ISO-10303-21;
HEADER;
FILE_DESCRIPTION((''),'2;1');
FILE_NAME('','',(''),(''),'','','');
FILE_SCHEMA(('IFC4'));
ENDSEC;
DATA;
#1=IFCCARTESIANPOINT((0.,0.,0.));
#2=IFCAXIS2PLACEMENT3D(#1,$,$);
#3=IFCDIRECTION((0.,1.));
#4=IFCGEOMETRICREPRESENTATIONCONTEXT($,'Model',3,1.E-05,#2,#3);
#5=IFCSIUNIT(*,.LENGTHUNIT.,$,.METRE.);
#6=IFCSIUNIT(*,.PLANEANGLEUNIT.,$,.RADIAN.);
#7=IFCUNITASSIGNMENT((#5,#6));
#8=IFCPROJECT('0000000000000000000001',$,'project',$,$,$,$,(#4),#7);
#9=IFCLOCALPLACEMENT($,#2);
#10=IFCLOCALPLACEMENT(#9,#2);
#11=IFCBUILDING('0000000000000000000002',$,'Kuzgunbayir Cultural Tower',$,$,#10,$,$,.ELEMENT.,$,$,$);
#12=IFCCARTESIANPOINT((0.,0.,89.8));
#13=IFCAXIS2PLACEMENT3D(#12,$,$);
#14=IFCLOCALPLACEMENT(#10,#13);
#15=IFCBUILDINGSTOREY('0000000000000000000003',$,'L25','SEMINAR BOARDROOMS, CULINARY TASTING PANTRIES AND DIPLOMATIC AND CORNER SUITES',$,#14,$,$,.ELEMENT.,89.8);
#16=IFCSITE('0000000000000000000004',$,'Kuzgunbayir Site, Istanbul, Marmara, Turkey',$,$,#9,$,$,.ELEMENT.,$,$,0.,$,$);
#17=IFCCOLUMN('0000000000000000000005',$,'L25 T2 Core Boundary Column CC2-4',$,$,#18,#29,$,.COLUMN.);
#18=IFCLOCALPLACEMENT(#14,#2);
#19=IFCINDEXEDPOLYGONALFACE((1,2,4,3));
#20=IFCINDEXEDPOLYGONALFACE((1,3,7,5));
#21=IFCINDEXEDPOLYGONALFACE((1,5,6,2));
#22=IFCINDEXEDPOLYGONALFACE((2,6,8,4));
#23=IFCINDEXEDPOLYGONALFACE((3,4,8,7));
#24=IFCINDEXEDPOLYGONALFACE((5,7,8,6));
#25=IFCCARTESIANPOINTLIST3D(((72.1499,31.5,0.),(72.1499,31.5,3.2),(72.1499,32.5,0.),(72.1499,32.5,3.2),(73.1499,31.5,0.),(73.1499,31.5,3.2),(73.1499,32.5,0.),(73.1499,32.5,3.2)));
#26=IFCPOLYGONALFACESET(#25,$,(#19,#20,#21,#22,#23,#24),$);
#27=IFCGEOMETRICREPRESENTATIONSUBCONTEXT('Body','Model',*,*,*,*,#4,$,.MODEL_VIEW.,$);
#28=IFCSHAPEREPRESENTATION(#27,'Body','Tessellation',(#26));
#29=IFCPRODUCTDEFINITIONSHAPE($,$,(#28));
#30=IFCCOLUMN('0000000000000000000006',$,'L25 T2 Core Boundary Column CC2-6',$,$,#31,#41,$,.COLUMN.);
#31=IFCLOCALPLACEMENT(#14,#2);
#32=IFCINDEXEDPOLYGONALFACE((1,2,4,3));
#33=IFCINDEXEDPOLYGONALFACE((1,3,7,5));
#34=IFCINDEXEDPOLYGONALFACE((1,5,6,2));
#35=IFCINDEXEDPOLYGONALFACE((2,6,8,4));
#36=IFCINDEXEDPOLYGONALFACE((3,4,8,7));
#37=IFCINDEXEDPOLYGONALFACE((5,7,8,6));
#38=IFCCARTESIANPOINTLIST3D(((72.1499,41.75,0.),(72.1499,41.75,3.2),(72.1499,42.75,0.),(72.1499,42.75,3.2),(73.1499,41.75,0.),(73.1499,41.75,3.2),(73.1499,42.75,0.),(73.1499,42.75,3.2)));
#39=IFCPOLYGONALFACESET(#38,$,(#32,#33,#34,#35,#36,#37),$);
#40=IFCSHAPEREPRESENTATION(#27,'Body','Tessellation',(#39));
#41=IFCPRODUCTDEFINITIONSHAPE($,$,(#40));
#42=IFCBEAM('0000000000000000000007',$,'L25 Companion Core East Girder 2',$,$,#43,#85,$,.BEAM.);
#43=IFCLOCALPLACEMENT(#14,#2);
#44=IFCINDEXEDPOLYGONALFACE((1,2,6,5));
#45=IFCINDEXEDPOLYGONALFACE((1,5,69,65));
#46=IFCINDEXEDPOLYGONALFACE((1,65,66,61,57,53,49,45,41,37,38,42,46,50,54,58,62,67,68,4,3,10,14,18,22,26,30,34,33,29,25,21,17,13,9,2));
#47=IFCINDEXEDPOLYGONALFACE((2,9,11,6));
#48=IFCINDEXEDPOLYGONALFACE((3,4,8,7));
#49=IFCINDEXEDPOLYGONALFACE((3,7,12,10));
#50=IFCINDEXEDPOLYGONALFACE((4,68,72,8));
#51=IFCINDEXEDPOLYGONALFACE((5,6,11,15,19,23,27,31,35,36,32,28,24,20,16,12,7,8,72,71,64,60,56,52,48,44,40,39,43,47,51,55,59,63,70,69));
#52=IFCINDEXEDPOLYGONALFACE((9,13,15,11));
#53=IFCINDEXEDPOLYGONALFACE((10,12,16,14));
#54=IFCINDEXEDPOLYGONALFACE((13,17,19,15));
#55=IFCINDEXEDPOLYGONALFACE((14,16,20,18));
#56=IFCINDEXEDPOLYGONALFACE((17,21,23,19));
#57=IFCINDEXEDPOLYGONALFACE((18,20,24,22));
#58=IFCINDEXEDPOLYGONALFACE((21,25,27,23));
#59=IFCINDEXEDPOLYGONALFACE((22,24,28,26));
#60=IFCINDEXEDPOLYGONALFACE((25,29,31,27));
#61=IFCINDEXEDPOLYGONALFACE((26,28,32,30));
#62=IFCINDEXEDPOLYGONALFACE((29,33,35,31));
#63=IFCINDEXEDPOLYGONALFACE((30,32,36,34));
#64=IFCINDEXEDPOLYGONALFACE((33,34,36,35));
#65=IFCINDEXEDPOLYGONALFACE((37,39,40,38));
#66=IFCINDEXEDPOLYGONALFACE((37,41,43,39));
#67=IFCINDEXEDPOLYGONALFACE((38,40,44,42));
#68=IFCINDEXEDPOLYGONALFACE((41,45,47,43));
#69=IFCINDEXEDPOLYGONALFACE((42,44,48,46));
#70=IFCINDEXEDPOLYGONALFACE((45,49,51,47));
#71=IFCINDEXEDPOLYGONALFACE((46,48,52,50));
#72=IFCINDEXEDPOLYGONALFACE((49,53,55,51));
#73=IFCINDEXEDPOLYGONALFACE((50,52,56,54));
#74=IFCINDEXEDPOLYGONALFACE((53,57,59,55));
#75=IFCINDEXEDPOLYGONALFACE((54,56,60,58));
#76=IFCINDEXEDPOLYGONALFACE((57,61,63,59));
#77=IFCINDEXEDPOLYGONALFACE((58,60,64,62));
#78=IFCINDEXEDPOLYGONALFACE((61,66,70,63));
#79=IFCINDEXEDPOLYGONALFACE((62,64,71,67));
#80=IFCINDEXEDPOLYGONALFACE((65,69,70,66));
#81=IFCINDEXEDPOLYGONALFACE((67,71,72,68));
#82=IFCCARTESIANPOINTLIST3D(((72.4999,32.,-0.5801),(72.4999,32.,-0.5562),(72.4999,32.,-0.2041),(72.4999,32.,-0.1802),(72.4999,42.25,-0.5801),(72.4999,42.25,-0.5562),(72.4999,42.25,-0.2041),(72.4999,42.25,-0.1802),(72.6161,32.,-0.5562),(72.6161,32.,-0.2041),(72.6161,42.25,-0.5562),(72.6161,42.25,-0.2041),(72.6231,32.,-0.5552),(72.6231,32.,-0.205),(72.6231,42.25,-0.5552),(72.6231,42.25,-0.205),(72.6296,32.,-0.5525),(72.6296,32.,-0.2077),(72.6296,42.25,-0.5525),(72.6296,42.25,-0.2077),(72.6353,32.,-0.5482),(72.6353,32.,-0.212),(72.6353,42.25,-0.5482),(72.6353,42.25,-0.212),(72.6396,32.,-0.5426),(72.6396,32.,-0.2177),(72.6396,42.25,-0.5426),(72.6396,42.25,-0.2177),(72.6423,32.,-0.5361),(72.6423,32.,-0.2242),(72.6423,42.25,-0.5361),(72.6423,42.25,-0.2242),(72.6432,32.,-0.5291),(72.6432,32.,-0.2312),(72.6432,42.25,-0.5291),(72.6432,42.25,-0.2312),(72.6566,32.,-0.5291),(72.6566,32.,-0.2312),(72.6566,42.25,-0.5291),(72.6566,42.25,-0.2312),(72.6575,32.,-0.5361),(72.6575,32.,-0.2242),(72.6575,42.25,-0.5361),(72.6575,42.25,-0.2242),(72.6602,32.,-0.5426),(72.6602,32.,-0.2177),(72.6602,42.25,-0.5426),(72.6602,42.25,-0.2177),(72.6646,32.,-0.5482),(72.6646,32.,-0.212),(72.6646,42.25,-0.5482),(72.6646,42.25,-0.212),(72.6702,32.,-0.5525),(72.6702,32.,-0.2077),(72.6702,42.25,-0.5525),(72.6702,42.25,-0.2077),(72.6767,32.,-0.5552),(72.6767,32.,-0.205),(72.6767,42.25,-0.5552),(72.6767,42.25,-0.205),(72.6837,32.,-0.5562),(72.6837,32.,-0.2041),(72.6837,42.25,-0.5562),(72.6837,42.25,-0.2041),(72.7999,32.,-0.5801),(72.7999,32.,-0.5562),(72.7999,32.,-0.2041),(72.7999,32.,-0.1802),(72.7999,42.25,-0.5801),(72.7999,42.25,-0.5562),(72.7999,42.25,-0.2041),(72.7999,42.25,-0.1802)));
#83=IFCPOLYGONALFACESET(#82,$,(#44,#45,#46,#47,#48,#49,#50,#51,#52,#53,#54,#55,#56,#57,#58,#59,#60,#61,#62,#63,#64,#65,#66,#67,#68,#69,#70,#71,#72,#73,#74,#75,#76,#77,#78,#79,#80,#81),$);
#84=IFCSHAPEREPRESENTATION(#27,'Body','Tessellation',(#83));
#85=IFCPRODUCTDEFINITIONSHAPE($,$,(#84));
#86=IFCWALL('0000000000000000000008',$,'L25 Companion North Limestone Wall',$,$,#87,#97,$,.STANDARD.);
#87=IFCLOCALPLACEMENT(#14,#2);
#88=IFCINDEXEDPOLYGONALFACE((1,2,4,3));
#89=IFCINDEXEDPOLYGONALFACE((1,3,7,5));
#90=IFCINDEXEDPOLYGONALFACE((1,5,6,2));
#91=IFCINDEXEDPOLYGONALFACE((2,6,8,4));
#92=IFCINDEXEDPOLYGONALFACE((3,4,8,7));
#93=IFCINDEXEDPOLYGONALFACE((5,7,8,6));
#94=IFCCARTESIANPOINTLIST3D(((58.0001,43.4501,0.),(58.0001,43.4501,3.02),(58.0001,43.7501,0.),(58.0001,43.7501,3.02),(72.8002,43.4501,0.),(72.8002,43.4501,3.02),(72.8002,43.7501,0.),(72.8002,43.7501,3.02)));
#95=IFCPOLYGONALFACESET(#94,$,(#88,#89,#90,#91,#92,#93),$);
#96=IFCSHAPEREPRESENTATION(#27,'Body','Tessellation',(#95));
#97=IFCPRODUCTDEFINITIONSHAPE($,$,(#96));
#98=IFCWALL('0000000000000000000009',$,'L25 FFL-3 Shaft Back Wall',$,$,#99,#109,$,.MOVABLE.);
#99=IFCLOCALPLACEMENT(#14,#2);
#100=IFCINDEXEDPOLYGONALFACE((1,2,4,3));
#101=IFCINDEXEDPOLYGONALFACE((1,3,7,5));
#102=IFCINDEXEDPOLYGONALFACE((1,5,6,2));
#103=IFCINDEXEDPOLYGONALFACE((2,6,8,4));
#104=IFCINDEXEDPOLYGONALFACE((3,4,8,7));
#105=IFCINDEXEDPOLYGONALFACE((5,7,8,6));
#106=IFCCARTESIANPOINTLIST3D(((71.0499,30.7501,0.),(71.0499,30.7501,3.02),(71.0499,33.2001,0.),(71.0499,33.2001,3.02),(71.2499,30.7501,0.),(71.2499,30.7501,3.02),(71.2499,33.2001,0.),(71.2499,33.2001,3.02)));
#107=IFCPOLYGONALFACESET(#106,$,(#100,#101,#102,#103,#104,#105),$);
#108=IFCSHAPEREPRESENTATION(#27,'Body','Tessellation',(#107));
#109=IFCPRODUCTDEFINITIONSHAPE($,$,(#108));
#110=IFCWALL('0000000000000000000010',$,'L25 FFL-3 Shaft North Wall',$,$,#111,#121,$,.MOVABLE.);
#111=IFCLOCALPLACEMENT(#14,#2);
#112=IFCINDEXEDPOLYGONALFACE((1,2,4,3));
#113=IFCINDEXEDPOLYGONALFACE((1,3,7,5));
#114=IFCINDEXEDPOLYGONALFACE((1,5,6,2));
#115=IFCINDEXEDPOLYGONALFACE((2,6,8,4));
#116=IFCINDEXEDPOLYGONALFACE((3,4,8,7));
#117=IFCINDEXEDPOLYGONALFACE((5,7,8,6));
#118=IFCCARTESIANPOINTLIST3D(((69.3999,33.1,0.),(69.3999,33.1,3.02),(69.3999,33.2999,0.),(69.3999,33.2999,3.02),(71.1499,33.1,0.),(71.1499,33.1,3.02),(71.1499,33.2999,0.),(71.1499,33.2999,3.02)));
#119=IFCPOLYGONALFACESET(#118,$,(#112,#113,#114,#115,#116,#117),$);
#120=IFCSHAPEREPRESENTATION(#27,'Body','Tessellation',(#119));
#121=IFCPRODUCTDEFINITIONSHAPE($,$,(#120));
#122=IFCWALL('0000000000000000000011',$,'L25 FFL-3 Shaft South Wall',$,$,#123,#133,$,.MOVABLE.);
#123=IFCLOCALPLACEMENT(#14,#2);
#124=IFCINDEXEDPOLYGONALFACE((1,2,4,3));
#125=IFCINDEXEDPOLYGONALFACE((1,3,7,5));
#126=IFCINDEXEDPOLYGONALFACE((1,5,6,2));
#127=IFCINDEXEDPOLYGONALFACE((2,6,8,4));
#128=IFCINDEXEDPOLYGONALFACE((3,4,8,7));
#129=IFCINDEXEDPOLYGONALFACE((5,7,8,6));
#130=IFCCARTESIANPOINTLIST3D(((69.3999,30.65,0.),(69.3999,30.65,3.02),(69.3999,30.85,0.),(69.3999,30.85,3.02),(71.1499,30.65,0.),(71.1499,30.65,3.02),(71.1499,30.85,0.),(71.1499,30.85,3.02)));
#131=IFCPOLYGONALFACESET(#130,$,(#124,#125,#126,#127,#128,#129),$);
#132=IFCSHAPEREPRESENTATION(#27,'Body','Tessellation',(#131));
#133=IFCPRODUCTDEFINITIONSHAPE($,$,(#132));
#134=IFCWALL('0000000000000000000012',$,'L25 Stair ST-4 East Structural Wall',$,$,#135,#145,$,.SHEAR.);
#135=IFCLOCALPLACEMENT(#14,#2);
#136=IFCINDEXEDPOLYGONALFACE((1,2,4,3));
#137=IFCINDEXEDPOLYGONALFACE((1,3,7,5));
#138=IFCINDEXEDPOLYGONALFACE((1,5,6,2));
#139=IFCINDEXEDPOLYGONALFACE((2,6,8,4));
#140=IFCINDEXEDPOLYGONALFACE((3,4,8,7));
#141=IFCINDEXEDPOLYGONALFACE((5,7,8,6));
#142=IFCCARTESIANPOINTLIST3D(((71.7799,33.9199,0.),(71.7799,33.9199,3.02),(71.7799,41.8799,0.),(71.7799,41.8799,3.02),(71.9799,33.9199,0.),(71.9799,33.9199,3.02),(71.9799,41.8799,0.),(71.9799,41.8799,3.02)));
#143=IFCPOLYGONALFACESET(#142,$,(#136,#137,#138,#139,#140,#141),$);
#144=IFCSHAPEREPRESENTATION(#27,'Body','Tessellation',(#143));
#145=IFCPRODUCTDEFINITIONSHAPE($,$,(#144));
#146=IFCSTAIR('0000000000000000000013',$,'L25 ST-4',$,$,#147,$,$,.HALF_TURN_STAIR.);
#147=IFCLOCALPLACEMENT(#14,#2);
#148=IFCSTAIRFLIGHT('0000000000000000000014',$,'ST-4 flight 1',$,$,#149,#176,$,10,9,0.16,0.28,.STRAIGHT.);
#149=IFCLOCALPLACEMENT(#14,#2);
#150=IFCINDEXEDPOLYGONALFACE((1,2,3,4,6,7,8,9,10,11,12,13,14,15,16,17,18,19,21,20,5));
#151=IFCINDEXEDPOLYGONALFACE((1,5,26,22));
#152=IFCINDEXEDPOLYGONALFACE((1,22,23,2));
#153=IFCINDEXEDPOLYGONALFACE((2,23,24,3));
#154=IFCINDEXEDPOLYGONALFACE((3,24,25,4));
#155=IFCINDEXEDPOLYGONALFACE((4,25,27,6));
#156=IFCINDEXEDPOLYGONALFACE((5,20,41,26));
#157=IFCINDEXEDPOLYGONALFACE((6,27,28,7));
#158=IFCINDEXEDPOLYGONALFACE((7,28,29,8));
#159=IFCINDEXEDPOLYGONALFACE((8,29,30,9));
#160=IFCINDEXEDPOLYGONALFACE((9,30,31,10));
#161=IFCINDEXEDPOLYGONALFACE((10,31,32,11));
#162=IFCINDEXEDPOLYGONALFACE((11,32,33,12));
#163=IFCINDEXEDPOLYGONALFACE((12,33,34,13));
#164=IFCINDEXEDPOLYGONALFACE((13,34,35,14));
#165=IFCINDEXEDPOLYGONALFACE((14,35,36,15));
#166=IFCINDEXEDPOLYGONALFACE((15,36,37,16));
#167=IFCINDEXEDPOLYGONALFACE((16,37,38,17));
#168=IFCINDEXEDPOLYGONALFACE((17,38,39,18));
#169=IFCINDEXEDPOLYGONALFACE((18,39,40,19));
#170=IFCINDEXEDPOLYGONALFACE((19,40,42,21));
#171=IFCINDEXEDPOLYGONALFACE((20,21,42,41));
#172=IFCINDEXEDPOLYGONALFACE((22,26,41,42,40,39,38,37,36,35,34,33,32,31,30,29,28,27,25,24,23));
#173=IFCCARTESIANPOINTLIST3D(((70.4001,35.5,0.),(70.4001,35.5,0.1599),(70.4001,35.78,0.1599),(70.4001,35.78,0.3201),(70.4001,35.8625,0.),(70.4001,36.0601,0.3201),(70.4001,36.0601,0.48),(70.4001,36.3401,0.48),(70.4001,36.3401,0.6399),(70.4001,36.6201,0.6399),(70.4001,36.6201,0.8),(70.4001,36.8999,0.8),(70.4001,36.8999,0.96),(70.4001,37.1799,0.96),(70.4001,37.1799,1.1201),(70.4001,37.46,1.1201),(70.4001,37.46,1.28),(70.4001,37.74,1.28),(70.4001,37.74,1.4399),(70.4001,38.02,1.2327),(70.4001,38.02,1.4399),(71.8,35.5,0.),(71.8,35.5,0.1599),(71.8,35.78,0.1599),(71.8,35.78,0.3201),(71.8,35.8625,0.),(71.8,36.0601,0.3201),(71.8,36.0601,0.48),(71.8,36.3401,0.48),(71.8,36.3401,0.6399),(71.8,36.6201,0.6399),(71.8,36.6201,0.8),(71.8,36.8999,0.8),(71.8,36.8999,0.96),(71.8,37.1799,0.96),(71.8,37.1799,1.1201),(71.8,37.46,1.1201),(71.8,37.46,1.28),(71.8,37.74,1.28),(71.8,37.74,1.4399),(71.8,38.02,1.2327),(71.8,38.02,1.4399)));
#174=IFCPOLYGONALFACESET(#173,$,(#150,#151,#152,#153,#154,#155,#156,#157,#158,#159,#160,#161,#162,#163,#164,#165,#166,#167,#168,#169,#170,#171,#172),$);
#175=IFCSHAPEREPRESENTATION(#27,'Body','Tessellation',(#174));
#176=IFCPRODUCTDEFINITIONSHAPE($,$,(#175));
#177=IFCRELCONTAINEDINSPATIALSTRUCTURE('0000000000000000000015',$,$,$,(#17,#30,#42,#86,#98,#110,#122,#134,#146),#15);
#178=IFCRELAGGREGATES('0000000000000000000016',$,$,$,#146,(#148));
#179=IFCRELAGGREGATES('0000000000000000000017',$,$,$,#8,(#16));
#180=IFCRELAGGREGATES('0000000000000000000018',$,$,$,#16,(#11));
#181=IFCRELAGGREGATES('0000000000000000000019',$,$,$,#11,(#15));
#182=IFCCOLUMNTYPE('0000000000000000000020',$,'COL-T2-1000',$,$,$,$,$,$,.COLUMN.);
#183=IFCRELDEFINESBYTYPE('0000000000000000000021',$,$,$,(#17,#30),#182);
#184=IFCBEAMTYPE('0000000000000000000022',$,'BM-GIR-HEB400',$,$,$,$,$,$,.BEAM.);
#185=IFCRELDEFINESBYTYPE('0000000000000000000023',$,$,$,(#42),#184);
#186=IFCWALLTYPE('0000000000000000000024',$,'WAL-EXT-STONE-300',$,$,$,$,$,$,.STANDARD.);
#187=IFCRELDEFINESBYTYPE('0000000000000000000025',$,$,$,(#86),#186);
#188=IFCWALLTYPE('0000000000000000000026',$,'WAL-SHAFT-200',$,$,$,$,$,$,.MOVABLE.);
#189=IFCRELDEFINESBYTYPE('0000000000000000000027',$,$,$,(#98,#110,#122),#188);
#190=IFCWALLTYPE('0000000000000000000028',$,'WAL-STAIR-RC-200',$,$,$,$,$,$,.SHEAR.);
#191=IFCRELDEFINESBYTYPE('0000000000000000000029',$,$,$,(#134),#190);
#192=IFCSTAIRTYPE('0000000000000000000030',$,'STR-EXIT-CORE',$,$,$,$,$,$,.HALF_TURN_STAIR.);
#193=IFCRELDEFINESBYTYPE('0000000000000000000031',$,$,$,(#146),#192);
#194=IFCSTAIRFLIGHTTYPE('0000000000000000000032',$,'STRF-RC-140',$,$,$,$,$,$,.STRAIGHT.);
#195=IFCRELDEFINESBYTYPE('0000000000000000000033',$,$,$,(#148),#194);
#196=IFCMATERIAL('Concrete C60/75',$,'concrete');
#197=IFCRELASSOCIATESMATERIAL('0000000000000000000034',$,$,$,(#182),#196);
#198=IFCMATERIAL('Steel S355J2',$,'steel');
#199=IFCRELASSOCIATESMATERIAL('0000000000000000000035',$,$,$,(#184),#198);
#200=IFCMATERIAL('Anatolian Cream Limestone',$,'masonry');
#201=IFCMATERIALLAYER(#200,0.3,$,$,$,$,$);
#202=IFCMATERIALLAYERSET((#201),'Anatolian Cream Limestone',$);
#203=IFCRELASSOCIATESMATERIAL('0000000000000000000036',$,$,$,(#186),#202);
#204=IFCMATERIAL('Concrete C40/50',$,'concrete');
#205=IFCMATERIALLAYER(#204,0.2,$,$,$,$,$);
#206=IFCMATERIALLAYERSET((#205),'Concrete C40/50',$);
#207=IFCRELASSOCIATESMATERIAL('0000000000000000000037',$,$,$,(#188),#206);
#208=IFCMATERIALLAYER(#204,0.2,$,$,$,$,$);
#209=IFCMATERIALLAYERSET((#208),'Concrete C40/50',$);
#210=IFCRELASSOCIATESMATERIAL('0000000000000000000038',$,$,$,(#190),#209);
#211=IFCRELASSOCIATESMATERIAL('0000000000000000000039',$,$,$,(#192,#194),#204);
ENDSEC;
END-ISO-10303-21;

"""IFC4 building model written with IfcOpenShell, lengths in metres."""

from ifc_helpers import new_model, si_unit, direction, frame, frame_2d, origin, origin_2d, place, context, subcontext, project, spatial, polyline, rectangle, i_section, outline, extrude, material, layer, layer_set, material_profile, profile_set, type_object, element, aggregate, save


model = new_model("IFC4")

# Units and contexts
model_context = context("Model", 3, precision=1e-05, world=origin(), true_north=direction((0.0, 1.0)))
body_context = subcontext(model_context, "Body", "Model", "MODEL_VIEW")
ifc_project = project(units=[si_unit("LENGTHUNIT", "METRE"), si_unit("PLANEANGLEUNIT", "RADIAN")], contexts=[model_context])

# Site, building, storey
site_placement = place(None, origin())
site = spatial("IfcSite", under=ifc_project, at=site_placement, Name="Kuzgunbayir Site, Istanbul, Marmara, Turkey", CompositionType="ELEMENT", RefElevation=0.0)
building_placement = place(site_placement, origin())
building = spatial("IfcBuilding", under=site, at=building_placement, Name="Kuzgunbayir Cultural Tower", CompositionType="ELEMENT")
storey_placement = place(building_placement, frame((0.0, 0.0, 89.8)))
storey = spatial("IfcBuildingStorey", under=building, at=storey_placement, Name="L25", Description="SEMINAR BOARDROOMS, CULINARY TASTING PANTRIES AND DIPLOMATIC AND CORNER SUITES", CompositionType="ELEMENT", Elevation=89.8)

# Columns
ifc_material_1 = material(Name="Concrete C60/75", Category="concrete")
ifc_material_profile_1 = material_profile(ifc_material_1, rectangle(XDim=1.0, YDim=1.0, at=origin_2d()), Name="RC 1000x1000")
ifc_profile_set_1 = profile_set([ifc_material_profile_1], Name="Concrete C60/75")
column_type = type_object("IfcColumnType", Name="COL-T2-1000", PredefinedType="COLUMN", material=ifc_profile_set_1)
for number, where, z_axis, x_axis, name in (
    (1, (72.6499, 32.0, 0.0), (0.0, 0.0, 1.0), (1.0, 0.0, 0.0), "L25 T2 Core Boundary Column CC2-4"),
    (2, (72.6499, 42.25, 0.0), (0.0, 0.0, 1.0), (1.0, 0.0, 0.0), "L25 T2 Core Boundary Column CC2-6"),
):
    element("IfcColumn", number, at=place(storey_placement, frame(where, z_axis=z_axis, x_axis=x_axis)), inside=storey, type_object=column_type, Name=name, PredefinedType="COLUMN", context=body_context, shape_type="SweptSolid", body=[
        extrude(rectangle(XDim=1.0, YDim=1.0, at=origin_2d()), origin(), (0.0, 0.0, 1.0), 3.2),
    ])

# Beam
ifc_material_2 = material(Name="Steel S355J2", Category="steel")
ifc_material_profile_2 = material_profile(ifc_material_2, i_section(OverallWidth=0.3, OverallDepth=0.3999, WebThickness=0.0134, FlangeThickness=0.0239, FilletRadius=0.0271, at=origin_2d()), Name="HEB 400")
ifc_profile_set_2 = profile_set([ifc_material_profile_2], Name="Steel S355J2")
beam_type = type_object("IfcBeamType", Name="BM-GIR-HEB400", PredefinedType="BEAM", material=ifc_profile_set_2)
beam_placement = place(storey_placement, frame((72.6499, 32.0, -0.3801), z_axis=(0.0, 1.0, 0.0), x_axis=(-1.0, 0.0, 0.0)))
element("IfcBeam", 3, at=beam_placement, inside=storey, type_object=beam_type, Name="L25 Companion Core East Girder 2", PredefinedType="BEAM", context=body_context, shape_type="SweptSolid", body=[
    extrude(i_section(OverallWidth=0.3, OverallDepth=0.3999, WebThickness=0.0134, FlangeThickness=0.0239, FilletRadius=0.0271, at=origin_2d()), origin(), (0.0, 0.0, 1.0), 10.25),
])

# Walls
ifc_material_3 = material(Name="Anatolian Cream Limestone", Category="masonry")
ifc_layer_1 = layer(ifc_material_3, 0.3)
ifc_layer_set_1 = layer_set([ifc_layer_1], Name="Anatolian Cream Limestone")
wall_type_1 = type_object("IfcWallType", Name="WAL-EXT-STONE-300", PredefinedType="STANDARD", material=ifc_layer_set_1)
wall_1_placement = place(storey_placement, frame((72.8, 43.6001, 0.0), z_axis=(0.0, 0.0, 1.0), x_axis=(-1.0, 0.0, 0.0)))
element("IfcWall", 4, at=wall_1_placement, inside=storey, type_object=wall_type_1, Name="L25 Companion North Limestone Wall", PredefinedType="STANDARD", context=body_context, shape_type="SweptSolid", body=[
    extrude(rectangle(XDim=14.8, YDim=0.3, at=frame_2d((7.3999, 0.0))), origin(), (0.0, 0.0, 1.0), 3.02),
])
ifc_material_4 = material(Name="Concrete C40/50", Category="concrete")
ifc_layer_2 = layer(ifc_material_4, 0.2)
ifc_layer_set_2 = layer_set([ifc_layer_2], Name="Concrete C40/50")
wall_type_2 = type_object("IfcWallType", Name="WAL-SHAFT-200", PredefinedType="MOVABLE", material=ifc_layer_set_2)
wall_2_placement = place(storey_placement, frame((71.1499, 30.75, 0.0), z_axis=(0.0, 0.0, 1.0), x_axis=(0.0, 1.0, 0.0)))
element("IfcWall", 5, at=wall_2_placement, inside=storey, type_object=wall_type_2, Name="L25 FFL-3 Shaft Back Wall", PredefinedType="MOVABLE", context=body_context, shape_type="SweptSolid", body=[
    extrude(rectangle(XDim=2.45, YDim=0.2, at=frame_2d((1.2251, 0.0))), origin(), (0.0, 0.0, 1.0), 3.02),
])
for number, where, z_axis, x_axis, name in (
    (6, (69.3999, 33.2, 0.0), (0.0, 0.0, 1.0), (1.0, 0.0, 0.0), "L25 FFL-3 Shaft North Wall"),
    (7, (69.3999, 30.75, 0.0), (0.0, 0.0, 1.0), (1.0, 0.0, 0.0), "L25 FFL-3 Shaft South Wall"),
):
    element("IfcWall", number, at=place(storey_placement, frame(where, z_axis=z_axis, x_axis=x_axis)), inside=storey, type_object=wall_type_2, Name=name, PredefinedType="MOVABLE", context=body_context, shape_type="SweptSolid", body=[
        extrude(rectangle(XDim=1.75, YDim=0.2, at=frame_2d((0.875, 0.0))), origin(), (0.0, 0.0, 1.0), 3.02),
    ])
ifc_layer_3 = layer(ifc_material_4, 0.2)
ifc_layer_set_3 = layer_set([ifc_layer_3], Name="Concrete C40/50")
wall_type_3 = type_object("IfcWallType", Name="WAL-STAIR-RC-200", PredefinedType="SHEAR", material=ifc_layer_set_3)
wall_3_placement = place(storey_placement, frame((71.8799, 33.9199, 0.0), z_axis=(0.0, 0.0, 1.0), x_axis=(0.0, 1.0, 0.0)))
element("IfcWall", 8, at=wall_3_placement, inside=storey, type_object=wall_type_3, Name="L25 Stair ST-4 East Structural Wall", PredefinedType="SHEAR", context=body_context, shape_type="SweptSolid", body=[
    extrude(rectangle(XDim=7.96, YDim=0.2, at=frame_2d((3.98, 0.0))), origin(), (0.0, 0.0, 1.0), 3.02),
])

# Stair, stair flight
stair_type = type_object("IfcStairType", Name="STR-EXIT-CORE", PredefinedType="HALF_TURN_STAIR", material=ifc_material_4)
stair_placement = place(storey_placement, origin())
stair = element("IfcStair", 9, at=stair_placement, inside=storey, type_object=stair_type, Name="L25 ST-4", PredefinedType="HALF_TURN_STAIR")
stair_flight_type = type_object("IfcStairFlightType", Name="STRF-RC-140", PredefinedType="STRAIGHT", material=ifc_material_4)
stair_flight_1_placement = place(storey_placement, frame((71.1001, 35.5, 0.0), z_axis=(0.0, 0.0, 1.0), x_axis=(0.0, 1.0, 0.0)))
stair_flight_1 = element("IfcStairFlight", 10, at=stair_flight_1_placement, type_object=stair_flight_type, Name="ST-4 flight 1", NumberOfRisers=10, NumberOfTreads=9, PredefinedType="STRAIGHT", RiserHeight=0.16, TreadLength=0.28, context=body_context, shape_type="SweptSolid", body=[
    extrude(outline(polyline([(0.0, 0.0), (0.0, 0.1599), (0.28, 0.1599), (0.28, 0.3201), (0.5601, 0.3201), (0.5601, 0.48), (0.8401, 0.48), (0.8401, 0.6399), (1.1201, 0.6399), (1.1201, 0.8), (1.3999, 0.8), (1.3999, 0.96), (1.6799, 0.96), (1.6799, 1.1201), (1.96, 1.1201), (1.96, 1.28), (2.24, 1.28), (2.24, 1.4399), (2.52, 1.4399), (2.52, 1.6001), (2.52, 1.2327), (0.3625, 0.0), (0.0, 0.0)])), frame((0.0, 0.7, 0.0), z_axis=(0.0, -1.0, 0.0), x_axis=(1.0, 0.0, 0.0)), (0.0, 0.0, 1.0), 1.3999),
])
aggregate(stair, [stair_flight_1])

save(model, "model.ifc")
